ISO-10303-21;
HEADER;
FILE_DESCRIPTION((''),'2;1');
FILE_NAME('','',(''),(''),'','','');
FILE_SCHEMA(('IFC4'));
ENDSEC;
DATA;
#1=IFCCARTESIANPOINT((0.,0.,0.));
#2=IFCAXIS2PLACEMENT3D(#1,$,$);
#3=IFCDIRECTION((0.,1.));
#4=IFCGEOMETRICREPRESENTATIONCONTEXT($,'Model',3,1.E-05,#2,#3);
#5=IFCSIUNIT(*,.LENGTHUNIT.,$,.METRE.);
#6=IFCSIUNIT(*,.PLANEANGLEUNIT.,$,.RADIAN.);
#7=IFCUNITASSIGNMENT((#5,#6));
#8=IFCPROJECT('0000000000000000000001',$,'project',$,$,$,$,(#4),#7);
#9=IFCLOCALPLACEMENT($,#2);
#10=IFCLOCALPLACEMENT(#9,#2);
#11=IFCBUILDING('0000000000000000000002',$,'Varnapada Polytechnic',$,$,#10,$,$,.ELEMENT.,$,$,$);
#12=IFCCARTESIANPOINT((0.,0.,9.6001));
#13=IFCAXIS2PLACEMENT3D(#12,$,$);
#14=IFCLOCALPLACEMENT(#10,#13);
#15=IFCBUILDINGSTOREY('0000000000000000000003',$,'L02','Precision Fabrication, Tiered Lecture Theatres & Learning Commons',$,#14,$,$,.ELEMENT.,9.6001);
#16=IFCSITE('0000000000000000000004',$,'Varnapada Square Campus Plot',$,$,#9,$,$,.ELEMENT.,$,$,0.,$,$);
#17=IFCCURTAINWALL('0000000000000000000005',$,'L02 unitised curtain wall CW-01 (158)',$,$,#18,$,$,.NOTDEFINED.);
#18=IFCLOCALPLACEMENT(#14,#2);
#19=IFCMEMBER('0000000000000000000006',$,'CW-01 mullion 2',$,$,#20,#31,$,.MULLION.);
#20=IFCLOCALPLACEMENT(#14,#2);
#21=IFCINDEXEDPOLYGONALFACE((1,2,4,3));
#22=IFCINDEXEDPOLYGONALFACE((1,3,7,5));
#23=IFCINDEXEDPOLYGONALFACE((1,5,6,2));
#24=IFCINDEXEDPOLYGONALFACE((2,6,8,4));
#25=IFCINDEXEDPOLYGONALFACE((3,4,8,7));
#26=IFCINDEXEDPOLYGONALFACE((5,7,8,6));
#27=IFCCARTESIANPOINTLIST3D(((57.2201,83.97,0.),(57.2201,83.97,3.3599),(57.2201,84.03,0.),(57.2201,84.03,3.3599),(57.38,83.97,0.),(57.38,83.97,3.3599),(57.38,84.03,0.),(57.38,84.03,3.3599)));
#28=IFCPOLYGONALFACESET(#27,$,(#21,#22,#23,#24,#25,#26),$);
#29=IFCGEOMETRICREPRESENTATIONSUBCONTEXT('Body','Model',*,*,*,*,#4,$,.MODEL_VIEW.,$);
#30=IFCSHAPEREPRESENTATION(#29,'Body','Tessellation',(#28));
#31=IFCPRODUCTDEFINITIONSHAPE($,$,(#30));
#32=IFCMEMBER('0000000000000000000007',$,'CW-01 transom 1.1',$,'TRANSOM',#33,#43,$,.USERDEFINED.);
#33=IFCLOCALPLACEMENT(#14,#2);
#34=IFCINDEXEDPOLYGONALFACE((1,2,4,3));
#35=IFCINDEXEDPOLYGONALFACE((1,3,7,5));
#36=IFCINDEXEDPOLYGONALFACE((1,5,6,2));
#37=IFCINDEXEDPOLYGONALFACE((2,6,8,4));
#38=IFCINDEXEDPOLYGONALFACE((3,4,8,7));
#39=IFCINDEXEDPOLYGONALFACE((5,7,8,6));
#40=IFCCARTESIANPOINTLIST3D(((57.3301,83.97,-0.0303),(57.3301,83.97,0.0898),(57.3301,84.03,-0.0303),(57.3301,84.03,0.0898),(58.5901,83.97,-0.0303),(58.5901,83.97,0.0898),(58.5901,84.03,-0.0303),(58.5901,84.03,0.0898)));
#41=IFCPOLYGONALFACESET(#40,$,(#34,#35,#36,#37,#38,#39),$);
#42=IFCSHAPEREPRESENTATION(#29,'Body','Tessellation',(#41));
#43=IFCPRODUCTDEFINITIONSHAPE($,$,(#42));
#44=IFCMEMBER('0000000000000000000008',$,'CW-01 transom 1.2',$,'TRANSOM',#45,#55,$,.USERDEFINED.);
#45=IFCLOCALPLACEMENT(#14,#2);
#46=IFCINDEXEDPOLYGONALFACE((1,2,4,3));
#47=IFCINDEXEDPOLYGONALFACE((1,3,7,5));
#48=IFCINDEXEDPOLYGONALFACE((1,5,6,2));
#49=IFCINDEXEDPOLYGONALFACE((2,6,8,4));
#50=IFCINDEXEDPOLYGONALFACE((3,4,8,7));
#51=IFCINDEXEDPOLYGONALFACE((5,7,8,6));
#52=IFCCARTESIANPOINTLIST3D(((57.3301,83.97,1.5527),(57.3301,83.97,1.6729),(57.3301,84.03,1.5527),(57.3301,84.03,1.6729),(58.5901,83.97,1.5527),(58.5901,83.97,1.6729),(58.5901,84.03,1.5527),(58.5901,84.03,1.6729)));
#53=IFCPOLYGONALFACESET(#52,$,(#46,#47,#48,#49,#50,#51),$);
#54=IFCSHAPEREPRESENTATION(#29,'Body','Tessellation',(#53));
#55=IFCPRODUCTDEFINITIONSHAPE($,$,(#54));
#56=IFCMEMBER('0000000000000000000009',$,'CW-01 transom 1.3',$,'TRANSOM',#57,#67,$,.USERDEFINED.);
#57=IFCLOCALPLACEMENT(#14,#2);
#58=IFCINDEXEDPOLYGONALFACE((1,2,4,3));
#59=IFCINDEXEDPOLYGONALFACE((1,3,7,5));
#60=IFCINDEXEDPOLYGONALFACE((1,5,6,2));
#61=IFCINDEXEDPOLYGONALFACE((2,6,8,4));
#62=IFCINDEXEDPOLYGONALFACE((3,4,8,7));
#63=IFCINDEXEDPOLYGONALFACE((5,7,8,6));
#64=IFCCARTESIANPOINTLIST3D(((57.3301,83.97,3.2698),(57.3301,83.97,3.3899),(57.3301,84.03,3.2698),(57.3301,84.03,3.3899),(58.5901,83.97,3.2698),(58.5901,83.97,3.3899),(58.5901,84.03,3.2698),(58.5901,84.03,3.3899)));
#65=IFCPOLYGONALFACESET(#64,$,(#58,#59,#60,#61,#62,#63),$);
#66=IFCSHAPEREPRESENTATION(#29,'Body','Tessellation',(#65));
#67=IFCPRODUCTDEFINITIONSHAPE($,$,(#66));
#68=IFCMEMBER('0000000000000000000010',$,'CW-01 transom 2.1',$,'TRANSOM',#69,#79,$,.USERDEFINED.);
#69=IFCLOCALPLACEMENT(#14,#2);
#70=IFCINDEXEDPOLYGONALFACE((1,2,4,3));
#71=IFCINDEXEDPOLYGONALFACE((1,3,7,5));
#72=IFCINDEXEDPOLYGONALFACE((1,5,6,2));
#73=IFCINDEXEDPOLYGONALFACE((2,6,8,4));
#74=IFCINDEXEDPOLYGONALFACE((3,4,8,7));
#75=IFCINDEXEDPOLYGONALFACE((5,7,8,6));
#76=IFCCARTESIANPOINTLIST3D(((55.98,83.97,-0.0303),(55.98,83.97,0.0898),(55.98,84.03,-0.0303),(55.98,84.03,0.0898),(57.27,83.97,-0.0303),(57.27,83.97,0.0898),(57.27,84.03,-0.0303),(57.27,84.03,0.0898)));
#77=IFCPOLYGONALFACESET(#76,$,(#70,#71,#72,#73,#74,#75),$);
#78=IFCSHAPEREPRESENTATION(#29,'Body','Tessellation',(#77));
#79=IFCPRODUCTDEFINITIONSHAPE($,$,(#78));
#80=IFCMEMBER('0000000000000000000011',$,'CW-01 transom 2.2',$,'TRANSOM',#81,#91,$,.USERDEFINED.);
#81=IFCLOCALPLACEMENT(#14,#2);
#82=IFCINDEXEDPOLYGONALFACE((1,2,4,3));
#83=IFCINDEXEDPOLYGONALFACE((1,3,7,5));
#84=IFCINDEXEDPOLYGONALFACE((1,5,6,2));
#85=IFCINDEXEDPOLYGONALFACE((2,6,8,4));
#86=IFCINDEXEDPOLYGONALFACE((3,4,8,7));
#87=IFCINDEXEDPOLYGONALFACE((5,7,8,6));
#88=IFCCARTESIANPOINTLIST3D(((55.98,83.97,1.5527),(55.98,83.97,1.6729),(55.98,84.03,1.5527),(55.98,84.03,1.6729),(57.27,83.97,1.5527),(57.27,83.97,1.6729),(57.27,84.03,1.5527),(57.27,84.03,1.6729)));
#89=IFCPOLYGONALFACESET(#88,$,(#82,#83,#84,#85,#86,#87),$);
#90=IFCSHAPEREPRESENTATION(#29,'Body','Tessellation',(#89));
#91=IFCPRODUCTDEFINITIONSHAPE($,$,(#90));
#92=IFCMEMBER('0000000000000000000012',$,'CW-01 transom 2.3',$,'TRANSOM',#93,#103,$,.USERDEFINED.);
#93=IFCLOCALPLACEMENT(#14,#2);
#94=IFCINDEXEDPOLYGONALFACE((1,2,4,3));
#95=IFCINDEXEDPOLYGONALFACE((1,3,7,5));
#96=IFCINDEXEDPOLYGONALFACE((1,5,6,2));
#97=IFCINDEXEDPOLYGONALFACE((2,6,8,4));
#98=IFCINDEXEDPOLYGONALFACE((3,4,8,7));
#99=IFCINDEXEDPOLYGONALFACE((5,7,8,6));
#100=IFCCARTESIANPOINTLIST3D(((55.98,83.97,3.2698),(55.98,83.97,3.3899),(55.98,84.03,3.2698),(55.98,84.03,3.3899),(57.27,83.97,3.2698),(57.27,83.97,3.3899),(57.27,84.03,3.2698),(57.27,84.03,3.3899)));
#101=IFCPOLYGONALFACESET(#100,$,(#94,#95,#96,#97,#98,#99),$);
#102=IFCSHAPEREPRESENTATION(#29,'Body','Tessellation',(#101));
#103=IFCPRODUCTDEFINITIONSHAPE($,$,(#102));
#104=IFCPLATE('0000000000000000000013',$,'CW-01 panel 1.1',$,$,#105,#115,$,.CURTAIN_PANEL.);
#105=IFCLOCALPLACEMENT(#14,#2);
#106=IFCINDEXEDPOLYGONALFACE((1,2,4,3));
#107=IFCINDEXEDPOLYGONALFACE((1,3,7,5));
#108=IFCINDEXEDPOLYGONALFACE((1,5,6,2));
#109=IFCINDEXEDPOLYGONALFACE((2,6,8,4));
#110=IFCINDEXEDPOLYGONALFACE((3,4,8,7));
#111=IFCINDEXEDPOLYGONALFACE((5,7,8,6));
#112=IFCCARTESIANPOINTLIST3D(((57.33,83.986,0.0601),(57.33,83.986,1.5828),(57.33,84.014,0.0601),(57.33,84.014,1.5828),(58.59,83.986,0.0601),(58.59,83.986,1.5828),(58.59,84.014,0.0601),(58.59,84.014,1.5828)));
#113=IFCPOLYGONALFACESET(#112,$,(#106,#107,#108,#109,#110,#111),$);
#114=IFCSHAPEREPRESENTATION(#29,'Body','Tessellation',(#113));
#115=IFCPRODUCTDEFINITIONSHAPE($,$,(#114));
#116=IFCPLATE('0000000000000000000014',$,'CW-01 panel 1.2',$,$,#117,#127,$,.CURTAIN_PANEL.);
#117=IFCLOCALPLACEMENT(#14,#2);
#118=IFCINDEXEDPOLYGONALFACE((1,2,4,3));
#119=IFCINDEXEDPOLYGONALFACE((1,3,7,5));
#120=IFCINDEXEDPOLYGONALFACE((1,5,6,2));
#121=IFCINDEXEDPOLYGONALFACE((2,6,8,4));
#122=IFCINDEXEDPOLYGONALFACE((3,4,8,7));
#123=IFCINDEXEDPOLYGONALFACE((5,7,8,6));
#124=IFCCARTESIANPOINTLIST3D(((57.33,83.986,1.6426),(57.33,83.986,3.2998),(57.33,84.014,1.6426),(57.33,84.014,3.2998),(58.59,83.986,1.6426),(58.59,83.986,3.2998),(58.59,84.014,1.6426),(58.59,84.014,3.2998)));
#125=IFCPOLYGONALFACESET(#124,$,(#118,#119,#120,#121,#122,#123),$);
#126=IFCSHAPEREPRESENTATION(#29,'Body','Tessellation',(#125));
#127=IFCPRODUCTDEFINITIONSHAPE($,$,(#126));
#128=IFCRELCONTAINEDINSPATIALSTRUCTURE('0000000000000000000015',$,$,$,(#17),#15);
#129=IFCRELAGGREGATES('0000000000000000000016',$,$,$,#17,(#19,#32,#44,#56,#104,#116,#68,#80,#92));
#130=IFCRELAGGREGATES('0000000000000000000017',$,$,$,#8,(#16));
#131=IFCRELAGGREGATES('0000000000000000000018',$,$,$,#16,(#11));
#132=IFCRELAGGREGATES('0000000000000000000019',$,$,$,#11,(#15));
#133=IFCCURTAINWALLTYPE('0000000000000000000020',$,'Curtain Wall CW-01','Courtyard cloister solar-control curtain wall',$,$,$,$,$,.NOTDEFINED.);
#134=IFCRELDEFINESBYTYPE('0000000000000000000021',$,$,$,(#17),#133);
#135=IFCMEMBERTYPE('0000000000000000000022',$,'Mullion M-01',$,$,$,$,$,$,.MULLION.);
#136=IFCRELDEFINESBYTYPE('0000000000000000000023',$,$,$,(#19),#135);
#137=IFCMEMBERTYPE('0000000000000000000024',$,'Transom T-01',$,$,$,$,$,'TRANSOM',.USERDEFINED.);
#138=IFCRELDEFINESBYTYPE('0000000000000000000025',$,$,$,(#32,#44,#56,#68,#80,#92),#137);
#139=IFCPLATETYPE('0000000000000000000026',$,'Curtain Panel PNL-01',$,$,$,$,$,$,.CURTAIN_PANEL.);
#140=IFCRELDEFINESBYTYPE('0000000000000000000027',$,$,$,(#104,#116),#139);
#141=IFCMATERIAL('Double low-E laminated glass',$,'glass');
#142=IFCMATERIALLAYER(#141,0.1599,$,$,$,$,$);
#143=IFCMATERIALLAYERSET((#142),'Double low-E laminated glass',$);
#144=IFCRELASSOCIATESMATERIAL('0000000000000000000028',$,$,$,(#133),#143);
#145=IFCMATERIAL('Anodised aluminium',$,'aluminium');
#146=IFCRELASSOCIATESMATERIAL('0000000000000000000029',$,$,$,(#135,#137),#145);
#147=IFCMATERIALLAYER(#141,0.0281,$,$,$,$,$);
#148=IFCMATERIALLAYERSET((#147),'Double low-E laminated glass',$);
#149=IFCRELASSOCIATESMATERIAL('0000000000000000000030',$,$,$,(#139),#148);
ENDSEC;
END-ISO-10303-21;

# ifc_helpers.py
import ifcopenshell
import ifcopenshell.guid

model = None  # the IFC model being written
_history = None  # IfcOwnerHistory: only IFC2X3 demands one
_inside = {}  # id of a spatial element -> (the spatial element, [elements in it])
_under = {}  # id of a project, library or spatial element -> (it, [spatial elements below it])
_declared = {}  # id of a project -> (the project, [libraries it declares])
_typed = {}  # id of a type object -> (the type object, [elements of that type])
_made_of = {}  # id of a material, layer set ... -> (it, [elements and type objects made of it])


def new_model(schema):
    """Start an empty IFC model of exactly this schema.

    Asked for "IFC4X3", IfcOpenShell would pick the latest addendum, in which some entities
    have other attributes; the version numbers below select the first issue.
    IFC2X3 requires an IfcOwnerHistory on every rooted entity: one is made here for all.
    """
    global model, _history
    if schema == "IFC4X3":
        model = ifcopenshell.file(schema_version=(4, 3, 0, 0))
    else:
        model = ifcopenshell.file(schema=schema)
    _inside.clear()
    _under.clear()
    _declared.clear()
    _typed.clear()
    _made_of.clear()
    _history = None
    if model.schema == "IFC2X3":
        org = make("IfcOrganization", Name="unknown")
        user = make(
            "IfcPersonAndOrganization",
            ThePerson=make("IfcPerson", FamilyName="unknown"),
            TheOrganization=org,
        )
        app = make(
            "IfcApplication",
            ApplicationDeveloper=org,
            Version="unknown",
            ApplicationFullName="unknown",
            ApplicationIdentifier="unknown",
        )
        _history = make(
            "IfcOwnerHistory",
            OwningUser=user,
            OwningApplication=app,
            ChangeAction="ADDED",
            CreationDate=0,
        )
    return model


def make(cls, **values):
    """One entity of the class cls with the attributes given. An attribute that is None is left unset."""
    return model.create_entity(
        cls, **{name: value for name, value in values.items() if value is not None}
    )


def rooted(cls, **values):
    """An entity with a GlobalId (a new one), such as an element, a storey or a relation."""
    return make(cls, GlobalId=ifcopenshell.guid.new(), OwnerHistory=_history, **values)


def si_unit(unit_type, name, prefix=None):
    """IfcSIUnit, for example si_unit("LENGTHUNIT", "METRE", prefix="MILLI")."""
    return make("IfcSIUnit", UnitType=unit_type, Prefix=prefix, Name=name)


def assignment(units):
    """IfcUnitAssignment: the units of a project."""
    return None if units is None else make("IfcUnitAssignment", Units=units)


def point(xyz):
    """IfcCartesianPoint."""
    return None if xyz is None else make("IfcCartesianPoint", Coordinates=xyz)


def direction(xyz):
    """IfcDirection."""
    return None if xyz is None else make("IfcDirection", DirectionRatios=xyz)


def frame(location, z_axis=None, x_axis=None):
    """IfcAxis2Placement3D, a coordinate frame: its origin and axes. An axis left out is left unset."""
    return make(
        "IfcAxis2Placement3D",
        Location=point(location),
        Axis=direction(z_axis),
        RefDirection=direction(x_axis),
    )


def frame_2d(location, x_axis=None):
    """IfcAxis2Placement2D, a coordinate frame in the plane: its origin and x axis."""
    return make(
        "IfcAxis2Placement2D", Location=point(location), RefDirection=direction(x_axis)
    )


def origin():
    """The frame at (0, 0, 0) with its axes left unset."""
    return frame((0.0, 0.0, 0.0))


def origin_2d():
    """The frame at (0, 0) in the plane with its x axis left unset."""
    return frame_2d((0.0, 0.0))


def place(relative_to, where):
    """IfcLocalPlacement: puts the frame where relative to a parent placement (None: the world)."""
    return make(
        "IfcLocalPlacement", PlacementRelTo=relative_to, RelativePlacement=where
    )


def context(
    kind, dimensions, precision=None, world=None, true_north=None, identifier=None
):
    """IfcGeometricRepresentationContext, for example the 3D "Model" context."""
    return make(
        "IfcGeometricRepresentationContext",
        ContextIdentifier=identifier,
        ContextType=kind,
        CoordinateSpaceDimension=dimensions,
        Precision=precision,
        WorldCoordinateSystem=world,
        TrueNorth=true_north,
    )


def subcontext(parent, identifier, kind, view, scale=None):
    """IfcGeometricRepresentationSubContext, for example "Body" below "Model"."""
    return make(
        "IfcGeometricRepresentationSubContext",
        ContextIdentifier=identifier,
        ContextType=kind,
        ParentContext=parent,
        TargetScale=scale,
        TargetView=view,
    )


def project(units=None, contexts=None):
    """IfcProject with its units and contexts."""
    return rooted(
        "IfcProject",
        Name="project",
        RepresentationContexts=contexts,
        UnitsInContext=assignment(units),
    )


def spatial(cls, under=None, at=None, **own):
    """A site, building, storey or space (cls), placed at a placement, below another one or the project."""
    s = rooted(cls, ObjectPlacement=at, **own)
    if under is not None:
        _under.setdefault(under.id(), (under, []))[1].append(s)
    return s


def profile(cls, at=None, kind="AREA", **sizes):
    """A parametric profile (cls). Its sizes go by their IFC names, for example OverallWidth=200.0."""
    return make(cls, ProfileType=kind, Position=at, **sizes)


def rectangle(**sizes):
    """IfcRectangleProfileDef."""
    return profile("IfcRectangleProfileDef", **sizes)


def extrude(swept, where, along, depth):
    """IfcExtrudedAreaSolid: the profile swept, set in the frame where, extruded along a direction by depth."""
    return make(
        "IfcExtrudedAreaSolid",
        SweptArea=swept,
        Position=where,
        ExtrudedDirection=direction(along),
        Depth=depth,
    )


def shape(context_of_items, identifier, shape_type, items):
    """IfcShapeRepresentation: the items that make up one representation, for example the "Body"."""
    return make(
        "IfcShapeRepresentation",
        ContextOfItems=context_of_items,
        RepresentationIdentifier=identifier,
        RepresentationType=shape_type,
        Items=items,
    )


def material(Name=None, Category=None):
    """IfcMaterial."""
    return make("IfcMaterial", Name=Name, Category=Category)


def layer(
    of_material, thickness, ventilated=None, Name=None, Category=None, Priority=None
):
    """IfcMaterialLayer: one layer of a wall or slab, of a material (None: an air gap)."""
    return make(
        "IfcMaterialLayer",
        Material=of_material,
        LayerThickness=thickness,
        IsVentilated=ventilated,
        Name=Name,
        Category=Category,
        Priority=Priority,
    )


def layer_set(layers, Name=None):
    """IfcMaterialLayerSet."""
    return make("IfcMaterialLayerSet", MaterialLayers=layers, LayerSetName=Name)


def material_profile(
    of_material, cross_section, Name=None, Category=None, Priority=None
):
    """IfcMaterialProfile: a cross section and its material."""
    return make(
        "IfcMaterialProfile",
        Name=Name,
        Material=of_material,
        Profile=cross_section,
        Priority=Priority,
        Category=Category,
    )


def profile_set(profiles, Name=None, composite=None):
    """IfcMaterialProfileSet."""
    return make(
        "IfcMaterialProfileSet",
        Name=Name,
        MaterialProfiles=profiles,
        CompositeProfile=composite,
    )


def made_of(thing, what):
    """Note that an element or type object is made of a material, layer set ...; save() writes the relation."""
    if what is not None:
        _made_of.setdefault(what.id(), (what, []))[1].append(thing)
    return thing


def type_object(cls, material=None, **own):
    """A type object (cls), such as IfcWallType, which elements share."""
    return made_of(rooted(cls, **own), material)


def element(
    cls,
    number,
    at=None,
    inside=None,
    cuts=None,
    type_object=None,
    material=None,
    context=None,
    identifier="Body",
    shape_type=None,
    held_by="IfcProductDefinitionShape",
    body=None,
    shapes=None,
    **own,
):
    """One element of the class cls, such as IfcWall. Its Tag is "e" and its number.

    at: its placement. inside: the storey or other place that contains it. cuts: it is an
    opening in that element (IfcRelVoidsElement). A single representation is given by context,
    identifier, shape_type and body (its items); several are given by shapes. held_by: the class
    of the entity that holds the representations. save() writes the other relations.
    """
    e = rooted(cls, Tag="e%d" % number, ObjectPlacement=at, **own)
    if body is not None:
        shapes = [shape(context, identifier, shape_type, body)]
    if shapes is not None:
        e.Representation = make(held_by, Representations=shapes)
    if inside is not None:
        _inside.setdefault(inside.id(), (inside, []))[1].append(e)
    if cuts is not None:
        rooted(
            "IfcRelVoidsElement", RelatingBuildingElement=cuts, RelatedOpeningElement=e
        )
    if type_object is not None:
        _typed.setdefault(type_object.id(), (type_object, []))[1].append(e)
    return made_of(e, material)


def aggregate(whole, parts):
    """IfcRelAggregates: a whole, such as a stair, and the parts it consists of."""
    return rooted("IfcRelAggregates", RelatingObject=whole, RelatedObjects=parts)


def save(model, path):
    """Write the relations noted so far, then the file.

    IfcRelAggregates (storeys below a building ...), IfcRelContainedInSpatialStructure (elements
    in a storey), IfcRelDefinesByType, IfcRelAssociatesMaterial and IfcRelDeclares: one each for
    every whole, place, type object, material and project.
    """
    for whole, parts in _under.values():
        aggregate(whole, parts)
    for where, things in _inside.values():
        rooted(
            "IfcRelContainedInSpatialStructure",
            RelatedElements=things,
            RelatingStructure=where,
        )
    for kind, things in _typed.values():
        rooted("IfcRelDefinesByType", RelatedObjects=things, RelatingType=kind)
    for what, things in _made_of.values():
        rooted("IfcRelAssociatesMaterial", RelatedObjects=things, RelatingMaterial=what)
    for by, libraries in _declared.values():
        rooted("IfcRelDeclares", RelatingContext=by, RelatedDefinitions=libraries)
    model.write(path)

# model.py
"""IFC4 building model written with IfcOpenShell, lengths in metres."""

from ifc_helpers import new_model, si_unit, direction, frame, origin, origin_2d, place, context, subcontext, project, spatial, rectangle, extrude, material, layer, layer_set, material_profile, profile_set, type_object, element, aggregate, save


model = new_model("IFC4")

# Units and contexts
model_context = context("Model", 3, precision=1e-05, world=origin(), true_north=direction((0.0, 1.0)))
body_context = subcontext(model_context, "Body", "Model", "MODEL_VIEW")
ifc_project = project(units=[si_unit("LENGTHUNIT", "METRE"), si_unit("PLANEANGLEUNIT", "RADIAN")], contexts=[model_context])

# Site, building, storey
site_placement = place(None, origin())
site = spatial("IfcSite", under=ifc_project, at=site_placement, Name="Varnapada Square Campus Plot", CompositionType="ELEMENT", RefElevation=0.0)
building_placement = place(site_placement, origin())
building = spatial("IfcBuilding", under=site, at=building_placement, Name="Varnapada Polytechnic", CompositionType="ELEMENT")
storey_placement = place(building_placement, frame((0.0, 0.0, 9.6001)))
storey = spatial("IfcBuildingStorey", under=building, at=storey_placement, Name="L02", Description="Precision Fabrication, Tiered Lecture Theatres & Learning Commons", CompositionType="ELEMENT", Elevation=9.6001)

# Curtain wall, members, plates
ifc_material_1 = material(Name="Double low-E laminated glass", Category="glass")
ifc_layer_1 = layer(ifc_material_1, 0.1599)
ifc_layer_set_1 = layer_set([ifc_layer_1], Name="Double low-E laminated glass")
curtain_wall_type = type_object("IfcCurtainWallType", Name="Curtain Wall CW-01", Description="Courtyard cloister solar-control curtain wall", PredefinedType="NOTDEFINED", material=ifc_layer_set_1)
curtain_wall_placement = place(storey_placement, origin())
curtain_wall = element("IfcCurtainWall", 1, at=curtain_wall_placement, inside=storey, type_object=curtain_wall_type, Name="L02 unitised curtain wall CW-01 (158)", PredefinedType="NOTDEFINED")
ifc_material_2 = material(Name="Anodised aluminium", Category="aluminium")
ifc_material_profile_1 = material_profile(ifc_material_2, rectangle(XDim=0.0601, YDim=0.1599, at=origin_2d()), Name="ALU M60x160")
ifc_profile_set_1 = profile_set([ifc_material_profile_1], Name="Anodised aluminium")
member_type_1 = type_object("IfcMemberType", Name="Mullion M-01", PredefinedType="MULLION", material=ifc_profile_set_1)
member_1_placement = place(storey_placement, frame((57.3, 84.0, 0.0), z_axis=(0.0, 0.0, 1.0), x_axis=(0.0, -1.0, 0.0)))
member_1 = element("IfcMember", 2, at=member_1_placement, type_object=member_type_1, Name="CW-01 mullion 2", PredefinedType="MULLION", context=body_context, shape_type="SweptSolid", body=[
    extrude(rectangle(XDim=0.0601, YDim=0.1599, at=origin_2d()), origin(), (0.0, 0.0, 1.0), 3.3599),
])
ifc_material_profile_2 = material_profile(ifc_material_2, rectangle(XDim=0.0601, YDim=0.1201, at=origin_2d()), Name="ALU T60x120")
ifc_profile_set_2 = profile_set([ifc_material_profile_2], Name="Anodised aluminium")
member_type_2 = type_object("IfcMemberType", Name="Transom T-01", ElementType="TRANSOM", PredefinedType="USERDEFINED", material=ifc_profile_set_2)
member_2_placement = place(storey_placement, frame((58.5901, 84.0, 0.0298), z_axis=(-1.0, 0.0, 0.0), x_axis=(0.0, -1.0, 0.0)))
member_2 = element("IfcMember", 3, at=member_2_placement, type_object=member_type_2, Name="CW-01 transom 1.1", ObjectType="TRANSOM", PredefinedType="USERDEFINED", context=body_context, shape_type="SweptSolid", body=[
    extrude(rectangle(XDim=0.0601, YDim=0.1201, at=origin_2d()), origin(), (0.0, 0.0, 1.0), 1.26),
])
member_3_placement = place(storey_placement, frame((58.5901, 84.0, 1.6128), z_axis=(-1.0, 0.0, 0.0), x_axis=(0.0, -1.0, 0.0)))
member_3 = element("IfcMember", 4, at=member_3_placement, type_object=member_type_2, Name="CW-01 transom 1.2", ObjectType="TRANSOM", PredefinedType="USERDEFINED", context=body_context, shape_type="SweptSolid", body=[
    extrude(rectangle(XDim=0.0601, YDim=0.1201, at=origin_2d()), origin(), (0.0, 0.0, 1.0), 1.26),
])
member_4_placement = place(storey_placement, frame((58.5901, 84.0, 3.3298), z_axis=(-1.0, 0.0, 0.0), x_axis=(0.0, -1.0, 0.0)))
member_4 = element("IfcMember", 5, at=member_4_placement, type_object=member_type_2, Name="CW-01 transom 1.3", ObjectType="TRANSOM", PredefinedType="USERDEFINED", context=body_context, shape_type="SweptSolid", body=[
    extrude(rectangle(XDim=0.0601, YDim=0.1201, at=origin_2d()), origin(), (0.0, 0.0, 1.0), 1.26),
])
member_5_placement = place(storey_placement, frame((57.27, 84.0, 0.0298), z_axis=(-1.0, 0.0, 0.0), x_axis=(0.0, -1.0, 0.0)))
member_5 = element("IfcMember", 6, at=member_5_placement, type_object=member_type_2, Name="CW-01 transom 2.1", ObjectType="TRANSOM", PredefinedType="USERDEFINED", context=body_context, shape_type="SweptSolid", body=[
    extrude(rectangle(XDim=0.0601, YDim=0.1201, at=origin_2d()), origin(), (0.0, 0.0, 1.0), 1.29),
])
member_6_placement = place(storey_placement, frame((57.27, 84.0, 1.6128), z_axis=(-1.0, 0.0, 0.0), x_axis=(0.0, -1.0, 0.0)))
member_6 = element("IfcMember", 7, at=member_6_placement, type_object=member_type_2, Name="CW-01 transom 2.2", ObjectType="TRANSOM", PredefinedType="USERDEFINED", context=body_context, shape_type="SweptSolid", body=[
    extrude(rectangle(XDim=0.0601, YDim=0.1201, at=origin_2d()), origin(), (0.0, 0.0, 1.0), 1.29),
])
member_7_placement = place(storey_placement, frame((57.27, 84.0, 3.3298), z_axis=(-1.0, 0.0, 0.0), x_axis=(0.0, -1.0, 0.0)))
member_7 = element("IfcMember", 8, at=member_7_placement, type_object=member_type_2, Name="CW-01 transom 2.3", ObjectType="TRANSOM", PredefinedType="USERDEFINED", context=body_context, shape_type="SweptSolid", body=[
    extrude(rectangle(XDim=0.0601, YDim=0.1201, at=origin_2d()), origin(), (0.0, 0.0, 1.0), 1.29),
])
ifc_layer_2 = layer(ifc_material_1, 0.0281)
ifc_layer_set_2 = layer_set([ifc_layer_2], Name="Double low-E laminated glass")
plate_type = type_object("IfcPlateType", Name="Curtain Panel PNL-01", PredefinedType="CURTAIN_PANEL", material=ifc_layer_set_2)
plate_1_placement = place(storey_placement, frame((57.96, 84.0, 0.0601), z_axis=(0.0, 0.0, 1.0), x_axis=(-1.0, 0.0, 0.0)))
plate_1 = element("IfcPlate", 9, at=plate_1_placement, type_object=plate_type, Name="CW-01 panel 1.1", PredefinedType="CURTAIN_PANEL", context=body_context, shape_type="SweptSolid", body=[
    extrude(rectangle(XDim=1.26, YDim=0.0281, at=origin_2d()), origin(), (0.0, 0.0, 1.0), 1.5227),
])
plate_2_placement = place(storey_placement, frame((57.96, 84.0, 1.6426), z_axis=(0.0, 0.0, 1.0), x_axis=(-1.0, 0.0, 0.0)))
plate_2 = element("IfcPlate", 10, at=plate_2_placement, type_object=plate_type, Name="CW-01 panel 1.2", PredefinedType="CURTAIN_PANEL", context=body_context, shape_type="SweptSolid", body=[
    extrude(rectangle(XDim=1.26, YDim=0.0281, at=origin_2d()), origin(), (0.0, 0.0, 1.0), 1.6572),
])
aggregate(curtain_wall, [member_1, member_2, member_3, member_4, plate_1, plate_2, member_5, member_6, member_7])

save(model, "model.ifc")
